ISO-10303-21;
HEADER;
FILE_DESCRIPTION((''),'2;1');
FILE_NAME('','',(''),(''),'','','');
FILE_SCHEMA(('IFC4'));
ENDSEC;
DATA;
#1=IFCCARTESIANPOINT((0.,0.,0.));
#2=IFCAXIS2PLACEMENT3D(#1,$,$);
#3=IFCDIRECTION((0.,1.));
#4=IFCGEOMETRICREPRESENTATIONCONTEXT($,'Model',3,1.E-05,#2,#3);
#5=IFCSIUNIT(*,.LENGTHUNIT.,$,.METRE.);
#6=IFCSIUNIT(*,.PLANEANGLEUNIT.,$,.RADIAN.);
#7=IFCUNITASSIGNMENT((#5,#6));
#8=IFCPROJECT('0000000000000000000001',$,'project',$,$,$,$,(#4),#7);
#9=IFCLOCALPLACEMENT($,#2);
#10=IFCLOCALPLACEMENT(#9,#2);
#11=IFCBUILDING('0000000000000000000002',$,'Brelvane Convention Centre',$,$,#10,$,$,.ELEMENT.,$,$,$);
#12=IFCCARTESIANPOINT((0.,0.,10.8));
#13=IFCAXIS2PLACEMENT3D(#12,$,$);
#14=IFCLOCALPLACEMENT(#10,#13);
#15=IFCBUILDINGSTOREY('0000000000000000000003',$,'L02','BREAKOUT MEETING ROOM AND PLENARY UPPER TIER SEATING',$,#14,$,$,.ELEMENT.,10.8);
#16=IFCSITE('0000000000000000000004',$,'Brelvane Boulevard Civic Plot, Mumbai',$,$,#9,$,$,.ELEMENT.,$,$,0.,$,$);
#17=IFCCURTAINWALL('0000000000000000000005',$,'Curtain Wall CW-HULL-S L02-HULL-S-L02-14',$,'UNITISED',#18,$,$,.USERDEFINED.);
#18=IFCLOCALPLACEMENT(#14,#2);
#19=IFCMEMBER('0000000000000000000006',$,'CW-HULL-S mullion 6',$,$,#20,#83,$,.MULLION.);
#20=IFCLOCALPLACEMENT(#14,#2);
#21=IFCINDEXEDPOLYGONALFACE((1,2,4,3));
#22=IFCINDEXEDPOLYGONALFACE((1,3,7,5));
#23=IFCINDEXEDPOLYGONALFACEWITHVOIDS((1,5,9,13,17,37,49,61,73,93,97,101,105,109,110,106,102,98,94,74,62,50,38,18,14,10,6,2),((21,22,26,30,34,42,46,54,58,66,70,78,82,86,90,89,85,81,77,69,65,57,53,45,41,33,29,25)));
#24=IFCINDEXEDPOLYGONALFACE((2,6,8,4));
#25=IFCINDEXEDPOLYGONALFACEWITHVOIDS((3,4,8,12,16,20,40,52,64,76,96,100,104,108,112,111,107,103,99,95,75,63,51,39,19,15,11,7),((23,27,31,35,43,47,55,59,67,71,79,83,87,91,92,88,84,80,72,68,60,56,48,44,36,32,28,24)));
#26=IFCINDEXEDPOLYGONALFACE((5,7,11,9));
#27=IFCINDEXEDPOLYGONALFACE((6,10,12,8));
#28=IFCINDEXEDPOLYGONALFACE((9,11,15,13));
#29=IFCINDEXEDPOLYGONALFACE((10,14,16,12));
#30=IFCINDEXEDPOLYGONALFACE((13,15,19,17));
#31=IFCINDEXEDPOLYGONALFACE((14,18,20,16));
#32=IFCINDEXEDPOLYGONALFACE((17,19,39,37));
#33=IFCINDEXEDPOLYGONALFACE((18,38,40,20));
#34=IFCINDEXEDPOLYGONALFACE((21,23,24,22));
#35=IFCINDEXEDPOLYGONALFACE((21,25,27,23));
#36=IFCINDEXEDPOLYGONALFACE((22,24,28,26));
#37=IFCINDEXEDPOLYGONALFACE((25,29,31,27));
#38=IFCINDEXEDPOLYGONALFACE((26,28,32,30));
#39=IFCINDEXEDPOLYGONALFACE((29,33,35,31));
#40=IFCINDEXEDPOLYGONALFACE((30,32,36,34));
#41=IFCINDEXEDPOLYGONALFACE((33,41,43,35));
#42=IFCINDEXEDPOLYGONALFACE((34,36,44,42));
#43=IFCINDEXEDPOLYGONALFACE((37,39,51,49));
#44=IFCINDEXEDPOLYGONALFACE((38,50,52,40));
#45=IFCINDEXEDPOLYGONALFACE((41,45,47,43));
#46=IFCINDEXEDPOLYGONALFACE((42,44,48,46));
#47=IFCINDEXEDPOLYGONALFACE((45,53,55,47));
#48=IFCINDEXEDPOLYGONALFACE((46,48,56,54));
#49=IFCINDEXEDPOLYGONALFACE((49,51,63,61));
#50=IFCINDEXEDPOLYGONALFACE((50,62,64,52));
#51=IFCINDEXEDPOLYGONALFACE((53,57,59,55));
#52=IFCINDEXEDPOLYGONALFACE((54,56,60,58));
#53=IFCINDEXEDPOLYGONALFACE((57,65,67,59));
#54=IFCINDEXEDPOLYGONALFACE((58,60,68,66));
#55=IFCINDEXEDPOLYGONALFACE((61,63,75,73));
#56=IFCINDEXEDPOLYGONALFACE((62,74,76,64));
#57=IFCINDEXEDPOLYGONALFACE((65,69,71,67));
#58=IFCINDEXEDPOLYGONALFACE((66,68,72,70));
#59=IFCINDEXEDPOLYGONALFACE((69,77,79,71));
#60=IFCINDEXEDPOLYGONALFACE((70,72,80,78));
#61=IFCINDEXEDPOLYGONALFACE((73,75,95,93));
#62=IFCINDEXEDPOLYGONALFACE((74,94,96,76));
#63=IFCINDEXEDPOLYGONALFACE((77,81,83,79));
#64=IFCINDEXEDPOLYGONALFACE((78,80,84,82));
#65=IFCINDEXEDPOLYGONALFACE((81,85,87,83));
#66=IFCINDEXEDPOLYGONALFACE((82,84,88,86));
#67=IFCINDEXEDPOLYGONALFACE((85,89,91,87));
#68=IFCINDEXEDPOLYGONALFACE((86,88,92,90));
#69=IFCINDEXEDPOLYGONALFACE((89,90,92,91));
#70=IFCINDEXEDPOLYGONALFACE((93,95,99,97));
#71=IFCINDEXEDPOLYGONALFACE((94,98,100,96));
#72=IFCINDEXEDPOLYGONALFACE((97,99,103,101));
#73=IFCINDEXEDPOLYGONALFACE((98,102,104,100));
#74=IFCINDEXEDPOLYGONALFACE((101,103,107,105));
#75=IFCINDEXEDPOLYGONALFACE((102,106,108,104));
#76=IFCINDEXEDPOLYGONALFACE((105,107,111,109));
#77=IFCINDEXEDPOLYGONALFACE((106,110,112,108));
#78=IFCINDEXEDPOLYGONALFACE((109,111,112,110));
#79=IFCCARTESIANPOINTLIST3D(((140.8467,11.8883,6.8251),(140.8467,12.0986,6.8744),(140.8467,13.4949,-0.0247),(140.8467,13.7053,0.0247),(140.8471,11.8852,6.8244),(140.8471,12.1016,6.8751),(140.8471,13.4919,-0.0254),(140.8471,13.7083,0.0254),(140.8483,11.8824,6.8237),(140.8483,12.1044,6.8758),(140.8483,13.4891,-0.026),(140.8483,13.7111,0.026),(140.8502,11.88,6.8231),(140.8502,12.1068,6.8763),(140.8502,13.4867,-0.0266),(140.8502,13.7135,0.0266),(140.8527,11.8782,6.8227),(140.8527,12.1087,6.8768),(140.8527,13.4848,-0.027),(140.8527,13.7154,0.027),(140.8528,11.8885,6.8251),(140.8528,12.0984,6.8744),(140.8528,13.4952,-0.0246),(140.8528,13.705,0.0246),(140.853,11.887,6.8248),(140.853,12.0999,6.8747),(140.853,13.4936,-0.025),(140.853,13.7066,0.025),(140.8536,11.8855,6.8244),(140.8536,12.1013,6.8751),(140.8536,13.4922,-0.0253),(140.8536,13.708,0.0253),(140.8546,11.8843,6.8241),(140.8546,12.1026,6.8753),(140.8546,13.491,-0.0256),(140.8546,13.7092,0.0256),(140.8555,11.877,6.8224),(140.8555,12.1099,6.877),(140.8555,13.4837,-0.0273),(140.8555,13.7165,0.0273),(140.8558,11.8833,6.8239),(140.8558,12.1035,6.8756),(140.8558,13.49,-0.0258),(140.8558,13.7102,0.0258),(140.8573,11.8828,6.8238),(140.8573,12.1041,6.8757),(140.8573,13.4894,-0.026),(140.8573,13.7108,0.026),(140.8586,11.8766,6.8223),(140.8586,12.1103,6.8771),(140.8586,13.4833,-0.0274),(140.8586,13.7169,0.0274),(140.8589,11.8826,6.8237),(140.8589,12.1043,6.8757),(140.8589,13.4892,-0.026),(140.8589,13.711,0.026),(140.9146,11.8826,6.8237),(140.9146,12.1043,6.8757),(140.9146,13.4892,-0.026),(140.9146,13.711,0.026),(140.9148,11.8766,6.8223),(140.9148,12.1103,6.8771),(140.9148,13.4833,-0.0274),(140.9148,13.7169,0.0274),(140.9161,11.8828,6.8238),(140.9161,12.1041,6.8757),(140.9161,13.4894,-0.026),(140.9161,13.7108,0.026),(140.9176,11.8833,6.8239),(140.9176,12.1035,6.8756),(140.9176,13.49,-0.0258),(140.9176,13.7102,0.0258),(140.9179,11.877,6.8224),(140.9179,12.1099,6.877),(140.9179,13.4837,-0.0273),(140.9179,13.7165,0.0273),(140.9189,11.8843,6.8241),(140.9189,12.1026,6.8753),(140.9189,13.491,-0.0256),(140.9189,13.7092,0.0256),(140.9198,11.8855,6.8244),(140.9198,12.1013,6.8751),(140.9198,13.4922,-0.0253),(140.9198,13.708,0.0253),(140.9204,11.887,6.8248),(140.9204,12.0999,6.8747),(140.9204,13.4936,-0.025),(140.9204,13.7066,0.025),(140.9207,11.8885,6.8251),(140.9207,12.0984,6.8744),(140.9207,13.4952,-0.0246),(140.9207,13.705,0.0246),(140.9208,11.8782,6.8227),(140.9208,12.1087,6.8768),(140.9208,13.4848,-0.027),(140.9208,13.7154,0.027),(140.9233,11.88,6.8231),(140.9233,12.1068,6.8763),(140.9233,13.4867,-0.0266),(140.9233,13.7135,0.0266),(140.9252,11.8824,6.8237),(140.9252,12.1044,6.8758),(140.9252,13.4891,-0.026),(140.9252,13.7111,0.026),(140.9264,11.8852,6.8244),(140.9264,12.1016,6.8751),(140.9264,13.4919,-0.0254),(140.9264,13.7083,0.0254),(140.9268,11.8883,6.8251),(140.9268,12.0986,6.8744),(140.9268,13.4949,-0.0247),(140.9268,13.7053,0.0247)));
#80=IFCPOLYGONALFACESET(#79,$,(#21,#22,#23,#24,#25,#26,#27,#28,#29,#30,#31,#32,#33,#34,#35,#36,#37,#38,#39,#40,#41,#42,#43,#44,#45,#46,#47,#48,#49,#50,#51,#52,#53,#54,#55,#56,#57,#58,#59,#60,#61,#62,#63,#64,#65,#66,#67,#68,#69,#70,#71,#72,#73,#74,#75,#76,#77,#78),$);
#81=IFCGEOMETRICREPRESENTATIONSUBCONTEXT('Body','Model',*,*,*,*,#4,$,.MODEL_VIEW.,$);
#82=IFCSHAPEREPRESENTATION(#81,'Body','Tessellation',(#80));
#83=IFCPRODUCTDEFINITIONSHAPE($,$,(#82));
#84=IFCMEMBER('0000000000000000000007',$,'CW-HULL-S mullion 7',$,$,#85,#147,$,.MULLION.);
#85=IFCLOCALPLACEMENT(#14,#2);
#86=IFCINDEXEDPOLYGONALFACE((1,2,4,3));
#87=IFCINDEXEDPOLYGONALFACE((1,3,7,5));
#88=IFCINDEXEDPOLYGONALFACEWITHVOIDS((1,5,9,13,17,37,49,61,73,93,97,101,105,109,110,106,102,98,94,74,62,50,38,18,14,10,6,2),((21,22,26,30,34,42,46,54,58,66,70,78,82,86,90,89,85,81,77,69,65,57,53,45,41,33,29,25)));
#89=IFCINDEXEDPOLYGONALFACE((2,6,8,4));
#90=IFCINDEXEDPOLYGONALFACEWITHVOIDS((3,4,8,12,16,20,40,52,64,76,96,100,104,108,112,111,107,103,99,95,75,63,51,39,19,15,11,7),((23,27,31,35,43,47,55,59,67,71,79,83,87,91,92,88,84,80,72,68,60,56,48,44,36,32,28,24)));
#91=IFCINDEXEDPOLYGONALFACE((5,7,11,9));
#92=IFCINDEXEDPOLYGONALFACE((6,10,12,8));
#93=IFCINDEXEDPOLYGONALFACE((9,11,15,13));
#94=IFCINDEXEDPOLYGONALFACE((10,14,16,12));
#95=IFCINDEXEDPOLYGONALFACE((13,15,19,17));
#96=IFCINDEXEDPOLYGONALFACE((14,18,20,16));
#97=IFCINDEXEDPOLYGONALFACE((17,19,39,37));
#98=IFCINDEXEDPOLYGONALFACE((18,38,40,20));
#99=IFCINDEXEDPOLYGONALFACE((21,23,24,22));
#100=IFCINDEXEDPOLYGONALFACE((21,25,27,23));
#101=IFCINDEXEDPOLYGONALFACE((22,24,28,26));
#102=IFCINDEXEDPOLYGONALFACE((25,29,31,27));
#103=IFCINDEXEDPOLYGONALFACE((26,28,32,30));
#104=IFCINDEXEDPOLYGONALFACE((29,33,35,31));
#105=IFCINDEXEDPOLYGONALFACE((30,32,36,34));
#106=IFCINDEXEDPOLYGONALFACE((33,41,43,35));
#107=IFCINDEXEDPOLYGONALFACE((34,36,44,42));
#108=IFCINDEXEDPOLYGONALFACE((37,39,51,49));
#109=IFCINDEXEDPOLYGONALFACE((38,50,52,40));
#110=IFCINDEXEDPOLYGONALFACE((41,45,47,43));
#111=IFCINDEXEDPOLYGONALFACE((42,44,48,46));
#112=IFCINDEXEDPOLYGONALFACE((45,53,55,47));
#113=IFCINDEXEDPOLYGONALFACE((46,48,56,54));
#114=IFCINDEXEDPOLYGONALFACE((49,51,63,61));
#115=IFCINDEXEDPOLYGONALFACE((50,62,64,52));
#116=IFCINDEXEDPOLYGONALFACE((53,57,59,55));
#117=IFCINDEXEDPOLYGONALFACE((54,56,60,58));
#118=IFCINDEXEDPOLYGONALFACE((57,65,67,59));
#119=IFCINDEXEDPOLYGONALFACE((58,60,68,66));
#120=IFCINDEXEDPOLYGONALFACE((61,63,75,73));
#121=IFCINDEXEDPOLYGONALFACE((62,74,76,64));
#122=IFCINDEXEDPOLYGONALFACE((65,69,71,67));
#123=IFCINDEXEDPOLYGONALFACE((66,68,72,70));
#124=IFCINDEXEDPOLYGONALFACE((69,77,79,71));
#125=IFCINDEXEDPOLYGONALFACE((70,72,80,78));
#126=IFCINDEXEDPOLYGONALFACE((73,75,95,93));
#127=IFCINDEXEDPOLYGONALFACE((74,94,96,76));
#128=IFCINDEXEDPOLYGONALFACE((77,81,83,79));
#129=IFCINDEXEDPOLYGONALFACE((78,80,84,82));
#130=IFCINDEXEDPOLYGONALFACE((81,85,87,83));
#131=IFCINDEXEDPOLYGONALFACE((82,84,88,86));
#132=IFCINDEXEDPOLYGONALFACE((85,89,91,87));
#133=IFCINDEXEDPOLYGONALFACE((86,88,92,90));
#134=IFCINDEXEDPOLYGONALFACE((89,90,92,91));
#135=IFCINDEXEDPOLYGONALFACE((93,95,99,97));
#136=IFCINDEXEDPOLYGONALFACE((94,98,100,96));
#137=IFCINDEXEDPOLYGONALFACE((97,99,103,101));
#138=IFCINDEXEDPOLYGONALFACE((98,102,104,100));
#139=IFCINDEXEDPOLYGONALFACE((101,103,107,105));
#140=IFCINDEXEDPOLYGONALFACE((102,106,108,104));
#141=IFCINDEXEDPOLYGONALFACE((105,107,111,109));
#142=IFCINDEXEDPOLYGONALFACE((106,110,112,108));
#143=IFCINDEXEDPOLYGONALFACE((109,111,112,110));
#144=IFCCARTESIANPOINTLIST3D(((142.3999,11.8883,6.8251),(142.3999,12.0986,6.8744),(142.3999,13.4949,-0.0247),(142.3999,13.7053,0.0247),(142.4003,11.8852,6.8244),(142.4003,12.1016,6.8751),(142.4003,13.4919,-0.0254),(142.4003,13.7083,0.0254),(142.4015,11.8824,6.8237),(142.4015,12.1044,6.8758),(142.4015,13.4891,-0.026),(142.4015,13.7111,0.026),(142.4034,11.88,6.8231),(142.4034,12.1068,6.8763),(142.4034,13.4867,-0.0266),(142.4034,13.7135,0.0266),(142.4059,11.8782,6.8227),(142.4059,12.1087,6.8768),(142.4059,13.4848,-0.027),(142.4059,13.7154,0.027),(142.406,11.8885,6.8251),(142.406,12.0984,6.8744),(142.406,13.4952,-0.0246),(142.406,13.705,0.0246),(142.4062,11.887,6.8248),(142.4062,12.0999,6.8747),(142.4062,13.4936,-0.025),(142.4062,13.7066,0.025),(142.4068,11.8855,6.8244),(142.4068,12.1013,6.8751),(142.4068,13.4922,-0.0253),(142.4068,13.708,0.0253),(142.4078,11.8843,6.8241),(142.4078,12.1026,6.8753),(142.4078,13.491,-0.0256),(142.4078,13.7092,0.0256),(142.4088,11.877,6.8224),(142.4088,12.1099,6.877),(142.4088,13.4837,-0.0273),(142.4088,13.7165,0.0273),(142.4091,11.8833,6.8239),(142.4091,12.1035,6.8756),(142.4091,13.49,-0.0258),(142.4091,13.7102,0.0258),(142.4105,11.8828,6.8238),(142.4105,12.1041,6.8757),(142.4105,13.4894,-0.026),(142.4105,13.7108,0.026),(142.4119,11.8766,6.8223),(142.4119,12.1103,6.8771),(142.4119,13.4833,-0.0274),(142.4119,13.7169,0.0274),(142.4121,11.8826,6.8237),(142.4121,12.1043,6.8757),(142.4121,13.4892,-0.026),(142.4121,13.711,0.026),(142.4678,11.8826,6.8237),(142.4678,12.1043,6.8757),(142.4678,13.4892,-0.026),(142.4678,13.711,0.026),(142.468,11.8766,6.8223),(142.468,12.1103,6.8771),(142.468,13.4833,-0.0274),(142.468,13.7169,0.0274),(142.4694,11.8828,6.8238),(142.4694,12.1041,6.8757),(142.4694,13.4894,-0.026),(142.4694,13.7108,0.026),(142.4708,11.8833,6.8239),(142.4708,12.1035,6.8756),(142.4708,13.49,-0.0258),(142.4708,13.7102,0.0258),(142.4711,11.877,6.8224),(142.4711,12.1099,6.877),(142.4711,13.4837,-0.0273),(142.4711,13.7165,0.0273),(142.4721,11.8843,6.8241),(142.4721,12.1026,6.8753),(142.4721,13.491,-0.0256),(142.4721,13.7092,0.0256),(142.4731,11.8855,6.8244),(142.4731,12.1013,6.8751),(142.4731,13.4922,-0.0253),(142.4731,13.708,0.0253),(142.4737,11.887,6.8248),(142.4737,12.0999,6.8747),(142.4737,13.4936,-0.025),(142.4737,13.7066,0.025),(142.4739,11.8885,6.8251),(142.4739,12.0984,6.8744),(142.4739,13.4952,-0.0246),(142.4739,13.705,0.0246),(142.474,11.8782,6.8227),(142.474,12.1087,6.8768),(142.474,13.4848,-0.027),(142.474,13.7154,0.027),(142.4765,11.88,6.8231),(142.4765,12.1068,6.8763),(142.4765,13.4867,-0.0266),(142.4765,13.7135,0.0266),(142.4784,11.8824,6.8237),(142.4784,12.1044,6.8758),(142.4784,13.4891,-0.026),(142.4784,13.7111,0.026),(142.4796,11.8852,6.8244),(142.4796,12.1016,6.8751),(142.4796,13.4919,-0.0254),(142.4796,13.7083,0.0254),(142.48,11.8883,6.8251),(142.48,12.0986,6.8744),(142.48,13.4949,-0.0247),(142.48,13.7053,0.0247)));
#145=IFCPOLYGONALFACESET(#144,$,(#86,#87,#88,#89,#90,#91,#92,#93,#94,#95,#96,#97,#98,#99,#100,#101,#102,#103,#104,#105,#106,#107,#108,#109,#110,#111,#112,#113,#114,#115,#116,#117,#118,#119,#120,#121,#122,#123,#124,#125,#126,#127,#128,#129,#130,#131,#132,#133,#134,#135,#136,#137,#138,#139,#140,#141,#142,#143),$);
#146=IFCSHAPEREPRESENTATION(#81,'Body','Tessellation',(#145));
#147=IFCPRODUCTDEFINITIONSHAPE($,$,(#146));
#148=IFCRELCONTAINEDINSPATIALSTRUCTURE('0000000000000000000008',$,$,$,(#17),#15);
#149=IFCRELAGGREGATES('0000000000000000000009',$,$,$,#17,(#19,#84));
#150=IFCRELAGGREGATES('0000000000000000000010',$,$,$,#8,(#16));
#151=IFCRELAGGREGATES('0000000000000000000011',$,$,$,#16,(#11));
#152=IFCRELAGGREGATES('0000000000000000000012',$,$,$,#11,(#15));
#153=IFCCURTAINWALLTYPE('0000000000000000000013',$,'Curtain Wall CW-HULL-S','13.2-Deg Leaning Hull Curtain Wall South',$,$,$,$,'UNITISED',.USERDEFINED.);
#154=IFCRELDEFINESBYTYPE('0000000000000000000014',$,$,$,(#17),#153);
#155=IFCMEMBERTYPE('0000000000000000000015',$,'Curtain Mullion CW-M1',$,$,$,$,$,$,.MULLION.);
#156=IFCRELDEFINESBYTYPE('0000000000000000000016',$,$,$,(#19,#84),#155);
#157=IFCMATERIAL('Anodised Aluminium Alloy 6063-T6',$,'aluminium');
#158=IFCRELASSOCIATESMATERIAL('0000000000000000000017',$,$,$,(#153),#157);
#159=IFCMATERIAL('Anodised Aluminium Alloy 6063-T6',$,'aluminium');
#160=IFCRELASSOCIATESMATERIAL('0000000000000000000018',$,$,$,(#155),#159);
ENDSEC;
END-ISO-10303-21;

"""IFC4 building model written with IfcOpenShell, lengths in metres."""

from ifc_helpers import new_model, si_unit, direction, frame, origin, origin_2d, place, context, subcontext, project, spatial, hollow_rectangle, extrude, material, material_profile, profile_set, type_object, element, aggregate, save


model = new_model("IFC4")

# Units and contexts
model_context = context("Model", 3, precision=1e-05, world=origin(), true_north=direction((0.0, 1.0)))
body_context = subcontext(model_context, "Body", "Model", "MODEL_VIEW")
ifc_project = project(units=[si_unit("LENGTHUNIT", "METRE"), si_unit("PLANEANGLEUNIT", "RADIAN")], contexts=[model_context])

# Site, building, storey
site_placement = place(None, origin())
site = spatial("IfcSite", under=ifc_project, at=site_placement, Name="Brelvane Boulevard Civic Plot, Mumbai", CompositionType="ELEMENT", RefElevation=0.0)
building_placement = place(site_placement, origin())
building = spatial("IfcBuilding", under=site, at=building_placement, Name="Brelvane Convention Centre", CompositionType="ELEMENT")
storey_placement = place(building_placement, frame((0.0, 0.0, 10.8)))
storey = spatial("IfcBuildingStorey", under=building, at=storey_placement, Name="L02", Description="BREAKOUT MEETING ROOM AND PLENARY UPPER TIER SEATING", CompositionType="ELEMENT", Elevation=10.8)

# Curtain wall, members
ifc_material_1 = material(Name="Anodised Aluminium Alloy 6063-T6", Category="aluminium")
curtain_wall_type = type_object("IfcCurtainWallType", Name="Curtain Wall CW-HULL-S", Description="13.2-Deg Leaning Hull Curtain Wall South", ElementType="UNITISED", PredefinedType="USERDEFINED", material=ifc_material_1)
ifc_material_2 = material(Name="Anodised Aluminium Alloy 6063-T6", Category="aluminium")
ifc_material_profile_1 = material_profile(ifc_material_2, hollow_rectangle(XDim=0.0801, YDim=0.24, WallThickness=0.0061, InnerFilletRadius=0.0061, OuterFilletRadius=0.012, at=origin_2d()), Name="ALU-M 240x80x6.0")
ifc_profile_set_1 = profile_set([ifc_material_profile_1], Name="Anodised Aluminium Alloy 6063-T6")
member_type_1 = type_object("IfcMemberType", Name="Curtain Mullion CW-M1", PredefinedType="MULLION", material=ifc_profile_set_1)
curtain_wall_1_placement = place(storey_placement, origin())
curtain_wall_1 = element("IfcCurtainWall", 1, at=curtain_wall_1_placement, inside=storey, type_object=curtain_wall_type, Name="Curtain Wall CW-HULL-S L02-HULL-S-L02-14", ObjectType="UNITISED", PredefinedType="USERDEFINED")
member_1_placement = place(storey_placement, frame((140.8867, 13.6001, 0.0), z_axis=(0.0, -0.22836, 0.973577), x_axis=(1.0, 0.0, 0.0)))
member_1 = element("IfcMember", 2, at=member_1_placement, type_object=member_type_1, Name="CW-HULL-S mullion 6", PredefinedType="MULLION", context=body_context, shape_type="SweptSolid", body=[
    extrude(hollow_rectangle(XDim=0.0801, YDim=0.24, WallThickness=0.0061, InnerFilletRadius=0.0061, OuterFilletRadius=0.012, at=origin_2d()), origin(), (0.0, 0.0, 1.0), 7.0356),
])
member_2_placement = place(storey_placement, frame((142.4399, 13.6001, 0.0), z_axis=(0.0, -0.22836, 0.973577), x_axis=(1.0, 0.0, 0.0)))
member_2 = element("IfcMember", 3, at=member_2_placement, type_object=member_type_1, Name="CW-HULL-S mullion 7", PredefinedType="MULLION", context=body_context, shape_type="SweptSolid", body=[
    extrude(hollow_rectangle(XDim=0.0801, YDim=0.24, WallThickness=0.0061, InnerFilletRadius=0.0061, OuterFilletRadius=0.012, at=origin_2d()), origin(), (0.0, 0.0, 1.0), 7.0356),
])

aggregate(curtain_wall_1, [member_1, member_2])

save(model, "model.ifc")
